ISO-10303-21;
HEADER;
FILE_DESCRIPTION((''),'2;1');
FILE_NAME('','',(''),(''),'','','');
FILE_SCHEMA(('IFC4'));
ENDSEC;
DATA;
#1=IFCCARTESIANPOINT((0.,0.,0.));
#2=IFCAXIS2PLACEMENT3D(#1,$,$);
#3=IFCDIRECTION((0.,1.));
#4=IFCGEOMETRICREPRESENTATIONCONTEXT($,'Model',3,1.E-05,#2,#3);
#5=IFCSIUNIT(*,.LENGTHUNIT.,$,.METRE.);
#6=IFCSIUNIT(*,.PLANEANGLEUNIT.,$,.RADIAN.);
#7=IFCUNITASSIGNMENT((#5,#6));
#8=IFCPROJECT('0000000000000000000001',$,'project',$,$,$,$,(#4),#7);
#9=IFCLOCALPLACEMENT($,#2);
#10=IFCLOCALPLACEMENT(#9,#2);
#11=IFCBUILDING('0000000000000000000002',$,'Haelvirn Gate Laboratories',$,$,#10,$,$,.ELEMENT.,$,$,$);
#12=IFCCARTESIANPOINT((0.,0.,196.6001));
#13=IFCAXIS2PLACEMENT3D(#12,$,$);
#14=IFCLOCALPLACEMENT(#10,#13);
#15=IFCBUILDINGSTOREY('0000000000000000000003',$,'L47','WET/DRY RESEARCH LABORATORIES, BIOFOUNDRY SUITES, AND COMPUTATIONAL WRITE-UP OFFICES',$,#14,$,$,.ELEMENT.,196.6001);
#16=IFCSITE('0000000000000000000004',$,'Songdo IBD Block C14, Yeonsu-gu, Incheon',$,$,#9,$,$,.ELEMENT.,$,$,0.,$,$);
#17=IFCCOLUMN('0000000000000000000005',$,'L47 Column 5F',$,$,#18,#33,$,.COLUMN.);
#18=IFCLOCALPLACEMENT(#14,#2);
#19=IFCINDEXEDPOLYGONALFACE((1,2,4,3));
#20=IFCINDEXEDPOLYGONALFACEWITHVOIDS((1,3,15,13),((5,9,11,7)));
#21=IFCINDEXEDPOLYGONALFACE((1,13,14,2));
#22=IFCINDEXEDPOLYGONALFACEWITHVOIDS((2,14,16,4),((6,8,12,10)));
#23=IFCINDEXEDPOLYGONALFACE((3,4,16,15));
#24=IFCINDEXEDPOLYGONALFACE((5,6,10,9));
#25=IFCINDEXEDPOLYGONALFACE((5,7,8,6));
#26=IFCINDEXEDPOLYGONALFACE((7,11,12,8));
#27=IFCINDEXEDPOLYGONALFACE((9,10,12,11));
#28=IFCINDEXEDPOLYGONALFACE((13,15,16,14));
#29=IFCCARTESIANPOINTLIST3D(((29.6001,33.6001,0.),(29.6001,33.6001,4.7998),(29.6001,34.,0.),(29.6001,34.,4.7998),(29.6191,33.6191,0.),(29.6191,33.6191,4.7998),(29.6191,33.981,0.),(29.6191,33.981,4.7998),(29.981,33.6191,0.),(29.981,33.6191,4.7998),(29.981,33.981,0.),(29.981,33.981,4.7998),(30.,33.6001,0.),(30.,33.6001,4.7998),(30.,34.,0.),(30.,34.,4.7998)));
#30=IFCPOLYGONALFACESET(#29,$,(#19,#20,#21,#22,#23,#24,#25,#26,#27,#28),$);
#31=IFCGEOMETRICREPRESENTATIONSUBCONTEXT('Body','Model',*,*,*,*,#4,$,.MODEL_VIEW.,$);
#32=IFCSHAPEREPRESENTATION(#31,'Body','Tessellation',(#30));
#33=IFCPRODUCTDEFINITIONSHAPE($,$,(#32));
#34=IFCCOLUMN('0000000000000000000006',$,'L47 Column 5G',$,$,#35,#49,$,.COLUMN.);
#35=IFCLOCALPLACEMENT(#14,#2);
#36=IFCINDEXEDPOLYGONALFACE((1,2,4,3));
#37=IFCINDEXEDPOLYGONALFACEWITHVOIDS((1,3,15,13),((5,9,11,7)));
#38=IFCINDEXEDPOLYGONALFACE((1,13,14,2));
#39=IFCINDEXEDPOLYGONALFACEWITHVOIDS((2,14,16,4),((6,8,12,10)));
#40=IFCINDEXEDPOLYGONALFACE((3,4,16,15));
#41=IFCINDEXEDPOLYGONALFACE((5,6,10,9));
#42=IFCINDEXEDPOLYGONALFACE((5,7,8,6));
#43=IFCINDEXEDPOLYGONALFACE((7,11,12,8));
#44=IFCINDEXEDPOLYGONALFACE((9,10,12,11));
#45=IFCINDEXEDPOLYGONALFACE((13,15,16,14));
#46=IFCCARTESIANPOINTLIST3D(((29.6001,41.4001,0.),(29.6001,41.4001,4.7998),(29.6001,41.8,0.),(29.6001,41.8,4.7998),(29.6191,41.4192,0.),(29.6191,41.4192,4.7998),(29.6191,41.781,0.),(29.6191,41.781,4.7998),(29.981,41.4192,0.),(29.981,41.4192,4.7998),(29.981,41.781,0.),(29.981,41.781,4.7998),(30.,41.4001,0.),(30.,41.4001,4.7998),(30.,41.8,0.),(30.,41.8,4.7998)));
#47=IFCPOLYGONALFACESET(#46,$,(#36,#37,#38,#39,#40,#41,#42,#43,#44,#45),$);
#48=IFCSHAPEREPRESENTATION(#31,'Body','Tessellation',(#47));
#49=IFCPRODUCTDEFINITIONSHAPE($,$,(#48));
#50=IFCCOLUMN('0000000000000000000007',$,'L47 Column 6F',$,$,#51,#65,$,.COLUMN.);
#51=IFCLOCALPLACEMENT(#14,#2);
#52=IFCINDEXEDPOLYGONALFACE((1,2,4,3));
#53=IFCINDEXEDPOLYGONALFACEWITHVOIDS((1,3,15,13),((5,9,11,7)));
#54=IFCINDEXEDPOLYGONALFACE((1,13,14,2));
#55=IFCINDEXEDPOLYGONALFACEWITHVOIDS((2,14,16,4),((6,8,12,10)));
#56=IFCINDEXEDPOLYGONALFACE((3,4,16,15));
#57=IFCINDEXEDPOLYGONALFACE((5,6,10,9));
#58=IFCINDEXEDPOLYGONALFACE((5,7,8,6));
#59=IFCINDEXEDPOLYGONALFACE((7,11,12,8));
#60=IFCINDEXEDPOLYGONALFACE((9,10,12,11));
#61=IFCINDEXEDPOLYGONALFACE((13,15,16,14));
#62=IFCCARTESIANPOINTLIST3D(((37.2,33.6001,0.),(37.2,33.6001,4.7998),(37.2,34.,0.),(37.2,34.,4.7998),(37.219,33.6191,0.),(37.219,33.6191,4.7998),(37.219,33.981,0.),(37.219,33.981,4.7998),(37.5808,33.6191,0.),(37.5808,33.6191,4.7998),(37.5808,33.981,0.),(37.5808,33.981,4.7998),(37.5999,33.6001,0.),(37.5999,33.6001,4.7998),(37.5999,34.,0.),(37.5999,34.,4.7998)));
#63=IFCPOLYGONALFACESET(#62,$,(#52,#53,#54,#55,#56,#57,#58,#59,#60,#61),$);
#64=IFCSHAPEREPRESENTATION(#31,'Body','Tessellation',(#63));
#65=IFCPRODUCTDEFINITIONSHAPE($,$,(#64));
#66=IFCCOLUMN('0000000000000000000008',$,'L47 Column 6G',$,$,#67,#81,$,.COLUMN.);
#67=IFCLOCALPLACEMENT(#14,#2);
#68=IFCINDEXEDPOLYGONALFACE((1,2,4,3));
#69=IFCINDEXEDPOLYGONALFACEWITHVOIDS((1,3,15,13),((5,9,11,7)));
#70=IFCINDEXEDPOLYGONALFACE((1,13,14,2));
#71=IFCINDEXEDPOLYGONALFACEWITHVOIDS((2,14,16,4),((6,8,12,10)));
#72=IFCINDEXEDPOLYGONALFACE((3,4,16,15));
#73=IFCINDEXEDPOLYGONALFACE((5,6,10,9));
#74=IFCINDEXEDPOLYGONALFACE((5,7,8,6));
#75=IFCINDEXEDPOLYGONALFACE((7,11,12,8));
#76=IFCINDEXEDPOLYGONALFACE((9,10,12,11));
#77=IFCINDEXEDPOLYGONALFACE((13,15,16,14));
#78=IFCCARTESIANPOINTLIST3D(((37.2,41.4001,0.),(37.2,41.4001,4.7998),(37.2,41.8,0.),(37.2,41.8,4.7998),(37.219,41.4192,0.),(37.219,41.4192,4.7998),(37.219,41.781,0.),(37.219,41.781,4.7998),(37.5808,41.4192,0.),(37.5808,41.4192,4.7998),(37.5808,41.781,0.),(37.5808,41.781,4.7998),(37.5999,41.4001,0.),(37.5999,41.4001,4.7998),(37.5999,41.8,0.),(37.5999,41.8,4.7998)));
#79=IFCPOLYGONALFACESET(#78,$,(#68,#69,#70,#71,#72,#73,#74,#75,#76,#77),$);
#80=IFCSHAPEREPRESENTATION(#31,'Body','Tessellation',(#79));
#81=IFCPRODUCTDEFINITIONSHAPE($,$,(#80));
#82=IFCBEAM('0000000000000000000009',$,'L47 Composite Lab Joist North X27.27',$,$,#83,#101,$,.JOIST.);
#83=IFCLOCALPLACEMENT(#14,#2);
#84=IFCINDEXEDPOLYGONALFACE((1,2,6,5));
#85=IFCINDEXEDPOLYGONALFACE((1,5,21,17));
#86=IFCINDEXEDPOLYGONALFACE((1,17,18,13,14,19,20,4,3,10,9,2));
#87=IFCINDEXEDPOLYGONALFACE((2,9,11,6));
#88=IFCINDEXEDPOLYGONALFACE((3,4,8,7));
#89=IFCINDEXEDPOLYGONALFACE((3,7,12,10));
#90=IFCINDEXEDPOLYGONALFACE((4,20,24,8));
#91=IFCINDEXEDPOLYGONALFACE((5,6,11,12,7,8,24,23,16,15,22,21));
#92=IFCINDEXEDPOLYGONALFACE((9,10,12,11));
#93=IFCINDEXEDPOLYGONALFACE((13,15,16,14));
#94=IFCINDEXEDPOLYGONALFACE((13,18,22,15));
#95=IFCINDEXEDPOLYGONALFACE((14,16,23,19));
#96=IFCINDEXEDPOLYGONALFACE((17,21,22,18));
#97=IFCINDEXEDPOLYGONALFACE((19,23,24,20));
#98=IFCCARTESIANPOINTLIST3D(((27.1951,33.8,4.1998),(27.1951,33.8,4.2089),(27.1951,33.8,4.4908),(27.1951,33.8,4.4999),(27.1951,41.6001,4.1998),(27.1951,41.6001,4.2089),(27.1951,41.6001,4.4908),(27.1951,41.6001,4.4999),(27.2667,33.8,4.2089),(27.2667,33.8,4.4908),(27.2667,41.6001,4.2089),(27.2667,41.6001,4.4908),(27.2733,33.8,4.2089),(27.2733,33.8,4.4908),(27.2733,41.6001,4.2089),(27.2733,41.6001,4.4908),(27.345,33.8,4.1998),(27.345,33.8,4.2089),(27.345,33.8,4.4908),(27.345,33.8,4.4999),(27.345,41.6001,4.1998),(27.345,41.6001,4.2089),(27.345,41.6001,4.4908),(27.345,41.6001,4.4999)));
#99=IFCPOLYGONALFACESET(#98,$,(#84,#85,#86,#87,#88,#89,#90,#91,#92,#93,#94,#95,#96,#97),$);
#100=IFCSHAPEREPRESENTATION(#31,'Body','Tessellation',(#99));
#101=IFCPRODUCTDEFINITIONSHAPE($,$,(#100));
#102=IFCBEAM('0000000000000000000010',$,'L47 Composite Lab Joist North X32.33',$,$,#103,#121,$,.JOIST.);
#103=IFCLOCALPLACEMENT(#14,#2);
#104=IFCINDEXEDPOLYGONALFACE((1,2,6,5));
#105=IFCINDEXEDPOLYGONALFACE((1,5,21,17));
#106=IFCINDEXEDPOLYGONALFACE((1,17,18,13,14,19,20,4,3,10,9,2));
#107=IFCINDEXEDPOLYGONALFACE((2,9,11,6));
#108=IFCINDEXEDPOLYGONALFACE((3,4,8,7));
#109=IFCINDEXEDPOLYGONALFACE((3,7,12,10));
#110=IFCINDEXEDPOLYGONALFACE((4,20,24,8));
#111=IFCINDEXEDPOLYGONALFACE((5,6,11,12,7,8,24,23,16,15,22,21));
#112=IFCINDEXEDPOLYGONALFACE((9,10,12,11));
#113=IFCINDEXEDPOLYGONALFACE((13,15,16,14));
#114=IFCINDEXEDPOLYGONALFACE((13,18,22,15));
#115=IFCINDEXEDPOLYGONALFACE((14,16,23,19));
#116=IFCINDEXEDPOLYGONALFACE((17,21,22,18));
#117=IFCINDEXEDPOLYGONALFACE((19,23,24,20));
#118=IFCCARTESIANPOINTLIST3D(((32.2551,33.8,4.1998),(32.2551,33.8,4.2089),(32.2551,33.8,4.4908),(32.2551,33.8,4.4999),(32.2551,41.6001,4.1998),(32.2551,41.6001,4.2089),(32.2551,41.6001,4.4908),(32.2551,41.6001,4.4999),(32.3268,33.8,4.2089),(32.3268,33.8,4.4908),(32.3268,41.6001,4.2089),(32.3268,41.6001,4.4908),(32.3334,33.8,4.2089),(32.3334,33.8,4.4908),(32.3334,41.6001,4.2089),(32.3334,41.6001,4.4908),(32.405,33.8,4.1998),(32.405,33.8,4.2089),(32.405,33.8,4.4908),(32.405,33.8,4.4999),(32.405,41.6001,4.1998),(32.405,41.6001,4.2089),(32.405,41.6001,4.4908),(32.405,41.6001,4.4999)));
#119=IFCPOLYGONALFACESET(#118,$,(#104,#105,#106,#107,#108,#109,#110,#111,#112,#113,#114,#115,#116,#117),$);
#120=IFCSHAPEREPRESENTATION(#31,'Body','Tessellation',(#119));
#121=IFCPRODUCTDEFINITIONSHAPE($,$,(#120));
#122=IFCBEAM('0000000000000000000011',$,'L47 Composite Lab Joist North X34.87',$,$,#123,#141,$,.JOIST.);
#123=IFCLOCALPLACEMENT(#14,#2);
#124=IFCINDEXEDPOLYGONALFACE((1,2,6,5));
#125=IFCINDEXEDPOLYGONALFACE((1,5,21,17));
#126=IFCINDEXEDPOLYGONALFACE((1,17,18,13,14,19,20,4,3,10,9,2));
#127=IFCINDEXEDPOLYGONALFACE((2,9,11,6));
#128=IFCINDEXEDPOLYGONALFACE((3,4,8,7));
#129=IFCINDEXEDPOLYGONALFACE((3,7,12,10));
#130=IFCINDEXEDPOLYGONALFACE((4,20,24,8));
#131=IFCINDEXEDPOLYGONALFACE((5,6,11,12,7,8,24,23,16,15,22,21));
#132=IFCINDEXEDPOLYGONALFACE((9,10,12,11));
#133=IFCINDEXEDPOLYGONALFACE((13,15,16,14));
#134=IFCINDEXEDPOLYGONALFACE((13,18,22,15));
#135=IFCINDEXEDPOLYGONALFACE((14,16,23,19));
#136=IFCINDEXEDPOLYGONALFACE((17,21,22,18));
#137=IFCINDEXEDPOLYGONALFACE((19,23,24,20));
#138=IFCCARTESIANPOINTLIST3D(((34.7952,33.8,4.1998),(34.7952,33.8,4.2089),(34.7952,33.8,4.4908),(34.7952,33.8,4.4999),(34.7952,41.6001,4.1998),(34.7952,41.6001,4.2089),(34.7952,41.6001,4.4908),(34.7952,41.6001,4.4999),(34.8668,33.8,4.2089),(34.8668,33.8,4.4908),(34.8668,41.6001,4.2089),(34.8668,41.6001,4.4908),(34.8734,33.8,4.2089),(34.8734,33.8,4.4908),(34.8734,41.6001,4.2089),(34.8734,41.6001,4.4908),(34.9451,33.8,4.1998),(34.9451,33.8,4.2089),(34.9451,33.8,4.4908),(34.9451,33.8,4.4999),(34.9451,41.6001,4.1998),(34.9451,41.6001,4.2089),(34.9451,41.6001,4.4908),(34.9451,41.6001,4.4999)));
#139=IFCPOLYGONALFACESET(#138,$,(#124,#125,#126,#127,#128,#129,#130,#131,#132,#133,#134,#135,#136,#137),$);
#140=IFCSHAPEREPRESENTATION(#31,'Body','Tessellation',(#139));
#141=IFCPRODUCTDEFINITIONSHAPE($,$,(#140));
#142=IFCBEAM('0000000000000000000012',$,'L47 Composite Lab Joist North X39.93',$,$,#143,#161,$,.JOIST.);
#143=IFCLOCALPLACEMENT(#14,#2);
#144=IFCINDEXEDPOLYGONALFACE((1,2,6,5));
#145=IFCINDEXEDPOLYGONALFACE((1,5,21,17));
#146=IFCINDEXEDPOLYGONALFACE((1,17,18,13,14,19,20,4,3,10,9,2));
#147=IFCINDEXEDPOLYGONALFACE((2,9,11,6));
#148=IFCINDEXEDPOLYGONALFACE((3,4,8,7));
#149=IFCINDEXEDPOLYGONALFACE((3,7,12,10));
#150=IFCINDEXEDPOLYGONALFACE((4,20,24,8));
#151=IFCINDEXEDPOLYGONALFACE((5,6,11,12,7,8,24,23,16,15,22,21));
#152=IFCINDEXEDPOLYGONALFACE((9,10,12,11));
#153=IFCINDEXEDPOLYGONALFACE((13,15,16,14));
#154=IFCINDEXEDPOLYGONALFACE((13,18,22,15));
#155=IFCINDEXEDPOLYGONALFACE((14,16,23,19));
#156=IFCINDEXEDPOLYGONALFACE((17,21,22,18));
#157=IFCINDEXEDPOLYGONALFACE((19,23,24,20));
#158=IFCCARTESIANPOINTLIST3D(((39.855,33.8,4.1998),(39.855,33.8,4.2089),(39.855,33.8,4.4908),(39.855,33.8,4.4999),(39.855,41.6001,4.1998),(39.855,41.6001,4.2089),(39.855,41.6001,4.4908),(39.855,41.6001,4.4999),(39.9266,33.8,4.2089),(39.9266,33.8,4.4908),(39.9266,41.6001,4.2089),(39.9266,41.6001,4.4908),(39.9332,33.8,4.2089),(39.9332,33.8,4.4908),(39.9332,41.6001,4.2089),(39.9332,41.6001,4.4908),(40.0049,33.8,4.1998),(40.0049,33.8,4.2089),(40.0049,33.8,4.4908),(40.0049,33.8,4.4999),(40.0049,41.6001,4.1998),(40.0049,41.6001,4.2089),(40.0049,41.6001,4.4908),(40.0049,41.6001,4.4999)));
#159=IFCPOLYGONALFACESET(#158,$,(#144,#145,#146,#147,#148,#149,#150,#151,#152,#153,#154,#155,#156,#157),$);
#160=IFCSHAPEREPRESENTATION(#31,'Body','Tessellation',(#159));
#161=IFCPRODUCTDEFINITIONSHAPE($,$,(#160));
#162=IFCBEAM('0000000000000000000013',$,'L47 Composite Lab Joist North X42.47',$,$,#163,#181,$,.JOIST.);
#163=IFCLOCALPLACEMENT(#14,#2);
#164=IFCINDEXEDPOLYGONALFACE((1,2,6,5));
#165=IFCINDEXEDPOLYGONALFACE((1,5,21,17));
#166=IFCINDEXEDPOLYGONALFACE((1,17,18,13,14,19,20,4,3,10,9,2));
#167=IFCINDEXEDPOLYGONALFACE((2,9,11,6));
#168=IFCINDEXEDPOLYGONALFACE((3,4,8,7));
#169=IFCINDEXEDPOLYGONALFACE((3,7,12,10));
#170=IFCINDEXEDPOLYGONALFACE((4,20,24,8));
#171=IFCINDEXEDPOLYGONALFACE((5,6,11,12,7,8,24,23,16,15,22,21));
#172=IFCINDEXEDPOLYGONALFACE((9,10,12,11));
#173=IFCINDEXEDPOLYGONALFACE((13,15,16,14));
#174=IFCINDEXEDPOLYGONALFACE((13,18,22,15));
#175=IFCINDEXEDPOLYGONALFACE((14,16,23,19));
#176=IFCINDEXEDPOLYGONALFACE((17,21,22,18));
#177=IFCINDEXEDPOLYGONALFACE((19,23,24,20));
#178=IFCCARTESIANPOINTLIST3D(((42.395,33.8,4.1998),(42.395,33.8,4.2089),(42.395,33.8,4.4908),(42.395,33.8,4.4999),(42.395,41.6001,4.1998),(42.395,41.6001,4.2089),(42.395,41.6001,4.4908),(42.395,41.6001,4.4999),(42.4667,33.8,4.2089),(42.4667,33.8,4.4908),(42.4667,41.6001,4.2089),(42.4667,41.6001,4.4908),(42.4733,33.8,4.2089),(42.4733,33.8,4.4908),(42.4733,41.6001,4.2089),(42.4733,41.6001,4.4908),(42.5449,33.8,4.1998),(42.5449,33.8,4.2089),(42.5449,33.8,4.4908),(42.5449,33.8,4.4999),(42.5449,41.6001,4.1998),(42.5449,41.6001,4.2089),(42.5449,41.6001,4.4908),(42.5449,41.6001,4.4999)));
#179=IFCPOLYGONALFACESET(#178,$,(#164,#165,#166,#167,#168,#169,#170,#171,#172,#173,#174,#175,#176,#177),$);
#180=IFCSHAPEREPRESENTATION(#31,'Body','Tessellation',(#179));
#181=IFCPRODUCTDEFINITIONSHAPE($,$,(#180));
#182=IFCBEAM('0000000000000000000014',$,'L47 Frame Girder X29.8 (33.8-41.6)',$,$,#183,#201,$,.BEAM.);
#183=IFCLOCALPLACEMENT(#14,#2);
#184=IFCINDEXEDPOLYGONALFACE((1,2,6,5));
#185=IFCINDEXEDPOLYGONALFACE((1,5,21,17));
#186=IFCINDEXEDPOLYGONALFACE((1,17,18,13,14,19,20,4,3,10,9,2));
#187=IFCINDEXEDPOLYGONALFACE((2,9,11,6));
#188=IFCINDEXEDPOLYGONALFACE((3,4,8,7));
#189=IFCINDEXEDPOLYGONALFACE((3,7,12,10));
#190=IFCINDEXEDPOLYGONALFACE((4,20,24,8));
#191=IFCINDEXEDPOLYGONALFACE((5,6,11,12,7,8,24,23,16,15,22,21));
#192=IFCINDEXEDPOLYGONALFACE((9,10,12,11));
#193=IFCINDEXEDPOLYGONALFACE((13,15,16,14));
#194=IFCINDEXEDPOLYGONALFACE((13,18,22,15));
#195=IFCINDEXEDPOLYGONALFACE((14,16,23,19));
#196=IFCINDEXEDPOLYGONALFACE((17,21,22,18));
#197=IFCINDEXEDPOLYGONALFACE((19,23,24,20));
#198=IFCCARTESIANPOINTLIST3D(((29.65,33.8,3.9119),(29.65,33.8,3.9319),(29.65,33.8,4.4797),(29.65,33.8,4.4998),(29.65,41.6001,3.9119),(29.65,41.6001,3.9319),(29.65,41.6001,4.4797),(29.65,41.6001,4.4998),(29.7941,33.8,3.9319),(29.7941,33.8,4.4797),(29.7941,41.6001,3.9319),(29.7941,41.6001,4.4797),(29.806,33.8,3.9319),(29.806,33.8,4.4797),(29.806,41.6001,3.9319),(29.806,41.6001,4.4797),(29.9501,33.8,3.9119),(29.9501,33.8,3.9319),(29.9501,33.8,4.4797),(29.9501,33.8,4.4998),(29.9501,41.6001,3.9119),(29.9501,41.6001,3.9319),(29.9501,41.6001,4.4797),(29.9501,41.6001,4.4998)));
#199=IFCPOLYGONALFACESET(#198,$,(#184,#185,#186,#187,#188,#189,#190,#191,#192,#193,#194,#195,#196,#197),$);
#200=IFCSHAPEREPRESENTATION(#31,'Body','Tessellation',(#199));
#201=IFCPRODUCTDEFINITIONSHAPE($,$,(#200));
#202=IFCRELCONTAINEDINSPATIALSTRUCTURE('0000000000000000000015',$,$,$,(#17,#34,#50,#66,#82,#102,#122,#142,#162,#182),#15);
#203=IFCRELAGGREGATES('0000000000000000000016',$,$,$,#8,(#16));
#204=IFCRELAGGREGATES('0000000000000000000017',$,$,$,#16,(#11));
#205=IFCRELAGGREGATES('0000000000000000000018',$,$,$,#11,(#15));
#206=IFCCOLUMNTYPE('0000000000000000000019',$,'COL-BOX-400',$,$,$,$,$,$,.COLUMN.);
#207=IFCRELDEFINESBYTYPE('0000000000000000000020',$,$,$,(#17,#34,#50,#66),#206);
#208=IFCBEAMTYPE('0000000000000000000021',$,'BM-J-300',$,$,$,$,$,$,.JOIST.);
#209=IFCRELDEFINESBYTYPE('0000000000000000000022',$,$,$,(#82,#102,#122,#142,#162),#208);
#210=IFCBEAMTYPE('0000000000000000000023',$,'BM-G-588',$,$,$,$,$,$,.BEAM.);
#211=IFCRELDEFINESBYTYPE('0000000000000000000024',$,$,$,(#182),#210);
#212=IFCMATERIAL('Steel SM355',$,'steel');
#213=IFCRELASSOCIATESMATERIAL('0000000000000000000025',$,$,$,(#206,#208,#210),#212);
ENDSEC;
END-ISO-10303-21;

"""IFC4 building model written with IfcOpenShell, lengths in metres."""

from ifc_helpers import new_model, si_unit, direction, frame, origin, origin_2d, place, context, subcontext, project, spatial, hollow_rectangle, i_section, extrude, source, transform, mapped, material, material_profile, profile_set, type_object, type_shapes, element, save


model = new_model("IFC4")

# Units and contexts
model_context = context("Model", 3, precision=1e-05, world=origin(), true_north=direction((0.0, 1.0)))
body_context = subcontext(model_context, "Body", "Model", "MODEL_VIEW")
ifc_project = project(units=[si_unit("LENGTHUNIT", "METRE"), si_unit("PLANEANGLEUNIT", "RADIAN")], contexts=[model_context])

# Site, building, storey
site_placement = place(None, origin())
site = spatial("IfcSite", under=ifc_project, at=site_placement, Name="Songdo IBD Block C14, Yeonsu-gu, Incheon", CompositionType="ELEMENT", RefElevation=0.0)
building_placement = place(site_placement, origin())
building = spatial("IfcBuilding", under=site, at=building_placement, Name="Haelvirn Gate Laboratories", CompositionType="ELEMENT")
storey_placement = place(building_placement, frame((0.0, 0.0, 196.6001)))
storey = spatial("IfcBuildingStorey", under=building, at=storey_placement, Name="L47", Description="WET/DRY RESEARCH LABORATORIES, BIOFOUNDRY SUITES, AND COMPUTATIONAL WRITE-UP OFFICES", CompositionType="ELEMENT", Elevation=196.6001)

# Columns
ifc_material_1 = material(Name="Steel SM355", Category="steel")
ifc_material_profile_1 = material_profile(ifc_material_1, hollow_rectangle(XDim=0.3999, YDim=0.3999, WallThickness=0.019, at=origin_2d()), Name="BOX-400x400x19")
ifc_profile_set_1 = profile_set([ifc_material_profile_1], Name="Steel SM355")
column_type = type_object("IfcColumnType", Name="COL-BOX-400", PredefinedType="COLUMN", material=ifc_profile_set_1)
shared_shape_1 = source(origin(), body_context, "Body", "SweptSolid", [
    extrude(hollow_rectangle(XDim=0.3999, YDim=0.3999, WallThickness=0.019, at=origin_2d()), origin(), (0.0, 0.0, 1.0), 4.7998),
])
type_shapes(column_type, [shared_shape_1])
for number, where, z_axis, x_axis, name in (
    (1, (29.8, 33.8, 0.0), (0.0, 0.0, 1.0), (1.0, 0.0, 0.0), "L47 Column 5F"),
    (2, (29.8, 41.6001, 0.0), (0.0, 0.0, 1.0), (1.0, 0.0, 0.0), "L47 Column 5G"),
    (3, (37.3999, 33.8, 0.0), (0.0, 0.0, 1.0), (1.0, 0.0, 0.0), "L47 Column 6F"),
    (4, (37.3999, 41.6001, 0.0), (0.0, 0.0, 1.0), (1.0, 0.0, 0.0), "L47 Column 6G"),
):
    element("IfcColumn", number, at=place(storey_placement, frame(where, z_axis=z_axis, x_axis=x_axis)), inside=storey, type_object=column_type, Name=name, PredefinedType="COLUMN", context=body_context, shape_type="MappedRepresentation", body=[
        mapped(shared_shape_1, transform((0.0, 0.0, 0.0), scale=1.0)),
    ])

# Beams
ifc_material_profile_2 = material_profile(ifc_material_1, i_section(OverallWidth=0.1499, OverallDepth=0.3, WebThickness=0.0066, FlangeThickness=0.009, at=origin_2d()), Name="H-300x150x6.5x9")
ifc_profile_set_2 = profile_set([ifc_material_profile_2], Name="Steel SM355")
beam_type_1 = type_object("IfcBeamType", Name="BM-J-300", PredefinedType="JOIST", material=ifc_profile_set_2)
shared_shape_2 = source(origin(), body_context, "Body", "SweptSolid", [
    extrude(i_section(OverallWidth=0.1499, OverallDepth=0.3, WebThickness=0.0066, FlangeThickness=0.009, at=origin_2d()), origin(), (0.0, 0.0, 1.0), 7.8),
])
type_shapes(beam_type_1, [shared_shape_2])
for number, where, z_axis, x_axis, name in (
    (5, (27.27, 33.8, 4.3499), (0.0, 1.0, 0.0), (-1.0, 0.0, 0.0), "L47 Composite Lab Joist North X27.27"),
    (6, (32.3301, 33.8, 4.3499), (0.0, 1.0, 0.0), (-1.0, 0.0, 0.0), "L47 Composite Lab Joist North X32.33"),
    (7, (34.8701, 33.8, 4.3499), (0.0, 1.0, 0.0), (-1.0, 0.0, 0.0), "L47 Composite Lab Joist North X34.87"),
    (8, (39.9299, 33.8, 4.3499), (0.0, 1.0, 0.0), (-1.0, 0.0, 0.0), "L47 Composite Lab Joist North X39.93"),
    (9, (42.47, 33.8, 4.3499), (0.0, 1.0, 0.0), (-1.0, 0.0, 0.0), "L47 Composite Lab Joist North X42.47"),
):
    element("IfcBeam", number, at=place(storey_placement, frame(where, z_axis=z_axis, x_axis=x_axis)), inside=storey, type_object=beam_type_1, Name=name, PredefinedType="JOIST", context=body_context, shape_type="MappedRepresentation", body=[
        mapped(shared_shape_2, transform((0.0, 0.0, 0.0), scale=1.0)),
    ])
ifc_material_profile_3 = material_profile(ifc_material_1, i_section(OverallWidth=0.3, OverallDepth=0.5879, WebThickness=0.012, FlangeThickness=0.02, at=origin_2d()), Name="H-588x300x12x20")
ifc_profile_set_3 = profile_set([ifc_material_profile_3], Name="Steel SM355")
beam_type_2 = type_object("IfcBeamType", Name="BM-G-588", PredefinedType="BEAM", material=ifc_profile_set_3)
shared_shape_3 = source(origin(), body_context, "Body", "SweptSolid", [
    extrude(i_section(OverallWidth=0.3, OverallDepth=0.5879, WebThickness=0.012, FlangeThickness=0.02, at=origin_2d()), origin(), (0.0, 0.0, 1.0), 7.8),
])
type_shapes(beam_type_2, [shared_shape_3])
for number, where, z_axis, x_axis, name in (
    (10, (29.8, 33.8, 4.2058), (0.0, 1.0, 0.0), (-1.0, 0.0, 0.0), "L47 Frame Girder X29.8 (33.8-41.6)"),
):
    element("IfcBeam", number, at=place(storey_placement, frame(where, z_axis=z_axis, x_axis=x_axis)), inside=storey, type_object=beam_type_2, Name=name, PredefinedType="BEAM", context=body_context, shape_type="MappedRepresentation", body=[
        mapped(shared_shape_3, transform((0.0, 0.0, 0.0), scale=1.0)),
    ])

save(model, "model.ifc")
